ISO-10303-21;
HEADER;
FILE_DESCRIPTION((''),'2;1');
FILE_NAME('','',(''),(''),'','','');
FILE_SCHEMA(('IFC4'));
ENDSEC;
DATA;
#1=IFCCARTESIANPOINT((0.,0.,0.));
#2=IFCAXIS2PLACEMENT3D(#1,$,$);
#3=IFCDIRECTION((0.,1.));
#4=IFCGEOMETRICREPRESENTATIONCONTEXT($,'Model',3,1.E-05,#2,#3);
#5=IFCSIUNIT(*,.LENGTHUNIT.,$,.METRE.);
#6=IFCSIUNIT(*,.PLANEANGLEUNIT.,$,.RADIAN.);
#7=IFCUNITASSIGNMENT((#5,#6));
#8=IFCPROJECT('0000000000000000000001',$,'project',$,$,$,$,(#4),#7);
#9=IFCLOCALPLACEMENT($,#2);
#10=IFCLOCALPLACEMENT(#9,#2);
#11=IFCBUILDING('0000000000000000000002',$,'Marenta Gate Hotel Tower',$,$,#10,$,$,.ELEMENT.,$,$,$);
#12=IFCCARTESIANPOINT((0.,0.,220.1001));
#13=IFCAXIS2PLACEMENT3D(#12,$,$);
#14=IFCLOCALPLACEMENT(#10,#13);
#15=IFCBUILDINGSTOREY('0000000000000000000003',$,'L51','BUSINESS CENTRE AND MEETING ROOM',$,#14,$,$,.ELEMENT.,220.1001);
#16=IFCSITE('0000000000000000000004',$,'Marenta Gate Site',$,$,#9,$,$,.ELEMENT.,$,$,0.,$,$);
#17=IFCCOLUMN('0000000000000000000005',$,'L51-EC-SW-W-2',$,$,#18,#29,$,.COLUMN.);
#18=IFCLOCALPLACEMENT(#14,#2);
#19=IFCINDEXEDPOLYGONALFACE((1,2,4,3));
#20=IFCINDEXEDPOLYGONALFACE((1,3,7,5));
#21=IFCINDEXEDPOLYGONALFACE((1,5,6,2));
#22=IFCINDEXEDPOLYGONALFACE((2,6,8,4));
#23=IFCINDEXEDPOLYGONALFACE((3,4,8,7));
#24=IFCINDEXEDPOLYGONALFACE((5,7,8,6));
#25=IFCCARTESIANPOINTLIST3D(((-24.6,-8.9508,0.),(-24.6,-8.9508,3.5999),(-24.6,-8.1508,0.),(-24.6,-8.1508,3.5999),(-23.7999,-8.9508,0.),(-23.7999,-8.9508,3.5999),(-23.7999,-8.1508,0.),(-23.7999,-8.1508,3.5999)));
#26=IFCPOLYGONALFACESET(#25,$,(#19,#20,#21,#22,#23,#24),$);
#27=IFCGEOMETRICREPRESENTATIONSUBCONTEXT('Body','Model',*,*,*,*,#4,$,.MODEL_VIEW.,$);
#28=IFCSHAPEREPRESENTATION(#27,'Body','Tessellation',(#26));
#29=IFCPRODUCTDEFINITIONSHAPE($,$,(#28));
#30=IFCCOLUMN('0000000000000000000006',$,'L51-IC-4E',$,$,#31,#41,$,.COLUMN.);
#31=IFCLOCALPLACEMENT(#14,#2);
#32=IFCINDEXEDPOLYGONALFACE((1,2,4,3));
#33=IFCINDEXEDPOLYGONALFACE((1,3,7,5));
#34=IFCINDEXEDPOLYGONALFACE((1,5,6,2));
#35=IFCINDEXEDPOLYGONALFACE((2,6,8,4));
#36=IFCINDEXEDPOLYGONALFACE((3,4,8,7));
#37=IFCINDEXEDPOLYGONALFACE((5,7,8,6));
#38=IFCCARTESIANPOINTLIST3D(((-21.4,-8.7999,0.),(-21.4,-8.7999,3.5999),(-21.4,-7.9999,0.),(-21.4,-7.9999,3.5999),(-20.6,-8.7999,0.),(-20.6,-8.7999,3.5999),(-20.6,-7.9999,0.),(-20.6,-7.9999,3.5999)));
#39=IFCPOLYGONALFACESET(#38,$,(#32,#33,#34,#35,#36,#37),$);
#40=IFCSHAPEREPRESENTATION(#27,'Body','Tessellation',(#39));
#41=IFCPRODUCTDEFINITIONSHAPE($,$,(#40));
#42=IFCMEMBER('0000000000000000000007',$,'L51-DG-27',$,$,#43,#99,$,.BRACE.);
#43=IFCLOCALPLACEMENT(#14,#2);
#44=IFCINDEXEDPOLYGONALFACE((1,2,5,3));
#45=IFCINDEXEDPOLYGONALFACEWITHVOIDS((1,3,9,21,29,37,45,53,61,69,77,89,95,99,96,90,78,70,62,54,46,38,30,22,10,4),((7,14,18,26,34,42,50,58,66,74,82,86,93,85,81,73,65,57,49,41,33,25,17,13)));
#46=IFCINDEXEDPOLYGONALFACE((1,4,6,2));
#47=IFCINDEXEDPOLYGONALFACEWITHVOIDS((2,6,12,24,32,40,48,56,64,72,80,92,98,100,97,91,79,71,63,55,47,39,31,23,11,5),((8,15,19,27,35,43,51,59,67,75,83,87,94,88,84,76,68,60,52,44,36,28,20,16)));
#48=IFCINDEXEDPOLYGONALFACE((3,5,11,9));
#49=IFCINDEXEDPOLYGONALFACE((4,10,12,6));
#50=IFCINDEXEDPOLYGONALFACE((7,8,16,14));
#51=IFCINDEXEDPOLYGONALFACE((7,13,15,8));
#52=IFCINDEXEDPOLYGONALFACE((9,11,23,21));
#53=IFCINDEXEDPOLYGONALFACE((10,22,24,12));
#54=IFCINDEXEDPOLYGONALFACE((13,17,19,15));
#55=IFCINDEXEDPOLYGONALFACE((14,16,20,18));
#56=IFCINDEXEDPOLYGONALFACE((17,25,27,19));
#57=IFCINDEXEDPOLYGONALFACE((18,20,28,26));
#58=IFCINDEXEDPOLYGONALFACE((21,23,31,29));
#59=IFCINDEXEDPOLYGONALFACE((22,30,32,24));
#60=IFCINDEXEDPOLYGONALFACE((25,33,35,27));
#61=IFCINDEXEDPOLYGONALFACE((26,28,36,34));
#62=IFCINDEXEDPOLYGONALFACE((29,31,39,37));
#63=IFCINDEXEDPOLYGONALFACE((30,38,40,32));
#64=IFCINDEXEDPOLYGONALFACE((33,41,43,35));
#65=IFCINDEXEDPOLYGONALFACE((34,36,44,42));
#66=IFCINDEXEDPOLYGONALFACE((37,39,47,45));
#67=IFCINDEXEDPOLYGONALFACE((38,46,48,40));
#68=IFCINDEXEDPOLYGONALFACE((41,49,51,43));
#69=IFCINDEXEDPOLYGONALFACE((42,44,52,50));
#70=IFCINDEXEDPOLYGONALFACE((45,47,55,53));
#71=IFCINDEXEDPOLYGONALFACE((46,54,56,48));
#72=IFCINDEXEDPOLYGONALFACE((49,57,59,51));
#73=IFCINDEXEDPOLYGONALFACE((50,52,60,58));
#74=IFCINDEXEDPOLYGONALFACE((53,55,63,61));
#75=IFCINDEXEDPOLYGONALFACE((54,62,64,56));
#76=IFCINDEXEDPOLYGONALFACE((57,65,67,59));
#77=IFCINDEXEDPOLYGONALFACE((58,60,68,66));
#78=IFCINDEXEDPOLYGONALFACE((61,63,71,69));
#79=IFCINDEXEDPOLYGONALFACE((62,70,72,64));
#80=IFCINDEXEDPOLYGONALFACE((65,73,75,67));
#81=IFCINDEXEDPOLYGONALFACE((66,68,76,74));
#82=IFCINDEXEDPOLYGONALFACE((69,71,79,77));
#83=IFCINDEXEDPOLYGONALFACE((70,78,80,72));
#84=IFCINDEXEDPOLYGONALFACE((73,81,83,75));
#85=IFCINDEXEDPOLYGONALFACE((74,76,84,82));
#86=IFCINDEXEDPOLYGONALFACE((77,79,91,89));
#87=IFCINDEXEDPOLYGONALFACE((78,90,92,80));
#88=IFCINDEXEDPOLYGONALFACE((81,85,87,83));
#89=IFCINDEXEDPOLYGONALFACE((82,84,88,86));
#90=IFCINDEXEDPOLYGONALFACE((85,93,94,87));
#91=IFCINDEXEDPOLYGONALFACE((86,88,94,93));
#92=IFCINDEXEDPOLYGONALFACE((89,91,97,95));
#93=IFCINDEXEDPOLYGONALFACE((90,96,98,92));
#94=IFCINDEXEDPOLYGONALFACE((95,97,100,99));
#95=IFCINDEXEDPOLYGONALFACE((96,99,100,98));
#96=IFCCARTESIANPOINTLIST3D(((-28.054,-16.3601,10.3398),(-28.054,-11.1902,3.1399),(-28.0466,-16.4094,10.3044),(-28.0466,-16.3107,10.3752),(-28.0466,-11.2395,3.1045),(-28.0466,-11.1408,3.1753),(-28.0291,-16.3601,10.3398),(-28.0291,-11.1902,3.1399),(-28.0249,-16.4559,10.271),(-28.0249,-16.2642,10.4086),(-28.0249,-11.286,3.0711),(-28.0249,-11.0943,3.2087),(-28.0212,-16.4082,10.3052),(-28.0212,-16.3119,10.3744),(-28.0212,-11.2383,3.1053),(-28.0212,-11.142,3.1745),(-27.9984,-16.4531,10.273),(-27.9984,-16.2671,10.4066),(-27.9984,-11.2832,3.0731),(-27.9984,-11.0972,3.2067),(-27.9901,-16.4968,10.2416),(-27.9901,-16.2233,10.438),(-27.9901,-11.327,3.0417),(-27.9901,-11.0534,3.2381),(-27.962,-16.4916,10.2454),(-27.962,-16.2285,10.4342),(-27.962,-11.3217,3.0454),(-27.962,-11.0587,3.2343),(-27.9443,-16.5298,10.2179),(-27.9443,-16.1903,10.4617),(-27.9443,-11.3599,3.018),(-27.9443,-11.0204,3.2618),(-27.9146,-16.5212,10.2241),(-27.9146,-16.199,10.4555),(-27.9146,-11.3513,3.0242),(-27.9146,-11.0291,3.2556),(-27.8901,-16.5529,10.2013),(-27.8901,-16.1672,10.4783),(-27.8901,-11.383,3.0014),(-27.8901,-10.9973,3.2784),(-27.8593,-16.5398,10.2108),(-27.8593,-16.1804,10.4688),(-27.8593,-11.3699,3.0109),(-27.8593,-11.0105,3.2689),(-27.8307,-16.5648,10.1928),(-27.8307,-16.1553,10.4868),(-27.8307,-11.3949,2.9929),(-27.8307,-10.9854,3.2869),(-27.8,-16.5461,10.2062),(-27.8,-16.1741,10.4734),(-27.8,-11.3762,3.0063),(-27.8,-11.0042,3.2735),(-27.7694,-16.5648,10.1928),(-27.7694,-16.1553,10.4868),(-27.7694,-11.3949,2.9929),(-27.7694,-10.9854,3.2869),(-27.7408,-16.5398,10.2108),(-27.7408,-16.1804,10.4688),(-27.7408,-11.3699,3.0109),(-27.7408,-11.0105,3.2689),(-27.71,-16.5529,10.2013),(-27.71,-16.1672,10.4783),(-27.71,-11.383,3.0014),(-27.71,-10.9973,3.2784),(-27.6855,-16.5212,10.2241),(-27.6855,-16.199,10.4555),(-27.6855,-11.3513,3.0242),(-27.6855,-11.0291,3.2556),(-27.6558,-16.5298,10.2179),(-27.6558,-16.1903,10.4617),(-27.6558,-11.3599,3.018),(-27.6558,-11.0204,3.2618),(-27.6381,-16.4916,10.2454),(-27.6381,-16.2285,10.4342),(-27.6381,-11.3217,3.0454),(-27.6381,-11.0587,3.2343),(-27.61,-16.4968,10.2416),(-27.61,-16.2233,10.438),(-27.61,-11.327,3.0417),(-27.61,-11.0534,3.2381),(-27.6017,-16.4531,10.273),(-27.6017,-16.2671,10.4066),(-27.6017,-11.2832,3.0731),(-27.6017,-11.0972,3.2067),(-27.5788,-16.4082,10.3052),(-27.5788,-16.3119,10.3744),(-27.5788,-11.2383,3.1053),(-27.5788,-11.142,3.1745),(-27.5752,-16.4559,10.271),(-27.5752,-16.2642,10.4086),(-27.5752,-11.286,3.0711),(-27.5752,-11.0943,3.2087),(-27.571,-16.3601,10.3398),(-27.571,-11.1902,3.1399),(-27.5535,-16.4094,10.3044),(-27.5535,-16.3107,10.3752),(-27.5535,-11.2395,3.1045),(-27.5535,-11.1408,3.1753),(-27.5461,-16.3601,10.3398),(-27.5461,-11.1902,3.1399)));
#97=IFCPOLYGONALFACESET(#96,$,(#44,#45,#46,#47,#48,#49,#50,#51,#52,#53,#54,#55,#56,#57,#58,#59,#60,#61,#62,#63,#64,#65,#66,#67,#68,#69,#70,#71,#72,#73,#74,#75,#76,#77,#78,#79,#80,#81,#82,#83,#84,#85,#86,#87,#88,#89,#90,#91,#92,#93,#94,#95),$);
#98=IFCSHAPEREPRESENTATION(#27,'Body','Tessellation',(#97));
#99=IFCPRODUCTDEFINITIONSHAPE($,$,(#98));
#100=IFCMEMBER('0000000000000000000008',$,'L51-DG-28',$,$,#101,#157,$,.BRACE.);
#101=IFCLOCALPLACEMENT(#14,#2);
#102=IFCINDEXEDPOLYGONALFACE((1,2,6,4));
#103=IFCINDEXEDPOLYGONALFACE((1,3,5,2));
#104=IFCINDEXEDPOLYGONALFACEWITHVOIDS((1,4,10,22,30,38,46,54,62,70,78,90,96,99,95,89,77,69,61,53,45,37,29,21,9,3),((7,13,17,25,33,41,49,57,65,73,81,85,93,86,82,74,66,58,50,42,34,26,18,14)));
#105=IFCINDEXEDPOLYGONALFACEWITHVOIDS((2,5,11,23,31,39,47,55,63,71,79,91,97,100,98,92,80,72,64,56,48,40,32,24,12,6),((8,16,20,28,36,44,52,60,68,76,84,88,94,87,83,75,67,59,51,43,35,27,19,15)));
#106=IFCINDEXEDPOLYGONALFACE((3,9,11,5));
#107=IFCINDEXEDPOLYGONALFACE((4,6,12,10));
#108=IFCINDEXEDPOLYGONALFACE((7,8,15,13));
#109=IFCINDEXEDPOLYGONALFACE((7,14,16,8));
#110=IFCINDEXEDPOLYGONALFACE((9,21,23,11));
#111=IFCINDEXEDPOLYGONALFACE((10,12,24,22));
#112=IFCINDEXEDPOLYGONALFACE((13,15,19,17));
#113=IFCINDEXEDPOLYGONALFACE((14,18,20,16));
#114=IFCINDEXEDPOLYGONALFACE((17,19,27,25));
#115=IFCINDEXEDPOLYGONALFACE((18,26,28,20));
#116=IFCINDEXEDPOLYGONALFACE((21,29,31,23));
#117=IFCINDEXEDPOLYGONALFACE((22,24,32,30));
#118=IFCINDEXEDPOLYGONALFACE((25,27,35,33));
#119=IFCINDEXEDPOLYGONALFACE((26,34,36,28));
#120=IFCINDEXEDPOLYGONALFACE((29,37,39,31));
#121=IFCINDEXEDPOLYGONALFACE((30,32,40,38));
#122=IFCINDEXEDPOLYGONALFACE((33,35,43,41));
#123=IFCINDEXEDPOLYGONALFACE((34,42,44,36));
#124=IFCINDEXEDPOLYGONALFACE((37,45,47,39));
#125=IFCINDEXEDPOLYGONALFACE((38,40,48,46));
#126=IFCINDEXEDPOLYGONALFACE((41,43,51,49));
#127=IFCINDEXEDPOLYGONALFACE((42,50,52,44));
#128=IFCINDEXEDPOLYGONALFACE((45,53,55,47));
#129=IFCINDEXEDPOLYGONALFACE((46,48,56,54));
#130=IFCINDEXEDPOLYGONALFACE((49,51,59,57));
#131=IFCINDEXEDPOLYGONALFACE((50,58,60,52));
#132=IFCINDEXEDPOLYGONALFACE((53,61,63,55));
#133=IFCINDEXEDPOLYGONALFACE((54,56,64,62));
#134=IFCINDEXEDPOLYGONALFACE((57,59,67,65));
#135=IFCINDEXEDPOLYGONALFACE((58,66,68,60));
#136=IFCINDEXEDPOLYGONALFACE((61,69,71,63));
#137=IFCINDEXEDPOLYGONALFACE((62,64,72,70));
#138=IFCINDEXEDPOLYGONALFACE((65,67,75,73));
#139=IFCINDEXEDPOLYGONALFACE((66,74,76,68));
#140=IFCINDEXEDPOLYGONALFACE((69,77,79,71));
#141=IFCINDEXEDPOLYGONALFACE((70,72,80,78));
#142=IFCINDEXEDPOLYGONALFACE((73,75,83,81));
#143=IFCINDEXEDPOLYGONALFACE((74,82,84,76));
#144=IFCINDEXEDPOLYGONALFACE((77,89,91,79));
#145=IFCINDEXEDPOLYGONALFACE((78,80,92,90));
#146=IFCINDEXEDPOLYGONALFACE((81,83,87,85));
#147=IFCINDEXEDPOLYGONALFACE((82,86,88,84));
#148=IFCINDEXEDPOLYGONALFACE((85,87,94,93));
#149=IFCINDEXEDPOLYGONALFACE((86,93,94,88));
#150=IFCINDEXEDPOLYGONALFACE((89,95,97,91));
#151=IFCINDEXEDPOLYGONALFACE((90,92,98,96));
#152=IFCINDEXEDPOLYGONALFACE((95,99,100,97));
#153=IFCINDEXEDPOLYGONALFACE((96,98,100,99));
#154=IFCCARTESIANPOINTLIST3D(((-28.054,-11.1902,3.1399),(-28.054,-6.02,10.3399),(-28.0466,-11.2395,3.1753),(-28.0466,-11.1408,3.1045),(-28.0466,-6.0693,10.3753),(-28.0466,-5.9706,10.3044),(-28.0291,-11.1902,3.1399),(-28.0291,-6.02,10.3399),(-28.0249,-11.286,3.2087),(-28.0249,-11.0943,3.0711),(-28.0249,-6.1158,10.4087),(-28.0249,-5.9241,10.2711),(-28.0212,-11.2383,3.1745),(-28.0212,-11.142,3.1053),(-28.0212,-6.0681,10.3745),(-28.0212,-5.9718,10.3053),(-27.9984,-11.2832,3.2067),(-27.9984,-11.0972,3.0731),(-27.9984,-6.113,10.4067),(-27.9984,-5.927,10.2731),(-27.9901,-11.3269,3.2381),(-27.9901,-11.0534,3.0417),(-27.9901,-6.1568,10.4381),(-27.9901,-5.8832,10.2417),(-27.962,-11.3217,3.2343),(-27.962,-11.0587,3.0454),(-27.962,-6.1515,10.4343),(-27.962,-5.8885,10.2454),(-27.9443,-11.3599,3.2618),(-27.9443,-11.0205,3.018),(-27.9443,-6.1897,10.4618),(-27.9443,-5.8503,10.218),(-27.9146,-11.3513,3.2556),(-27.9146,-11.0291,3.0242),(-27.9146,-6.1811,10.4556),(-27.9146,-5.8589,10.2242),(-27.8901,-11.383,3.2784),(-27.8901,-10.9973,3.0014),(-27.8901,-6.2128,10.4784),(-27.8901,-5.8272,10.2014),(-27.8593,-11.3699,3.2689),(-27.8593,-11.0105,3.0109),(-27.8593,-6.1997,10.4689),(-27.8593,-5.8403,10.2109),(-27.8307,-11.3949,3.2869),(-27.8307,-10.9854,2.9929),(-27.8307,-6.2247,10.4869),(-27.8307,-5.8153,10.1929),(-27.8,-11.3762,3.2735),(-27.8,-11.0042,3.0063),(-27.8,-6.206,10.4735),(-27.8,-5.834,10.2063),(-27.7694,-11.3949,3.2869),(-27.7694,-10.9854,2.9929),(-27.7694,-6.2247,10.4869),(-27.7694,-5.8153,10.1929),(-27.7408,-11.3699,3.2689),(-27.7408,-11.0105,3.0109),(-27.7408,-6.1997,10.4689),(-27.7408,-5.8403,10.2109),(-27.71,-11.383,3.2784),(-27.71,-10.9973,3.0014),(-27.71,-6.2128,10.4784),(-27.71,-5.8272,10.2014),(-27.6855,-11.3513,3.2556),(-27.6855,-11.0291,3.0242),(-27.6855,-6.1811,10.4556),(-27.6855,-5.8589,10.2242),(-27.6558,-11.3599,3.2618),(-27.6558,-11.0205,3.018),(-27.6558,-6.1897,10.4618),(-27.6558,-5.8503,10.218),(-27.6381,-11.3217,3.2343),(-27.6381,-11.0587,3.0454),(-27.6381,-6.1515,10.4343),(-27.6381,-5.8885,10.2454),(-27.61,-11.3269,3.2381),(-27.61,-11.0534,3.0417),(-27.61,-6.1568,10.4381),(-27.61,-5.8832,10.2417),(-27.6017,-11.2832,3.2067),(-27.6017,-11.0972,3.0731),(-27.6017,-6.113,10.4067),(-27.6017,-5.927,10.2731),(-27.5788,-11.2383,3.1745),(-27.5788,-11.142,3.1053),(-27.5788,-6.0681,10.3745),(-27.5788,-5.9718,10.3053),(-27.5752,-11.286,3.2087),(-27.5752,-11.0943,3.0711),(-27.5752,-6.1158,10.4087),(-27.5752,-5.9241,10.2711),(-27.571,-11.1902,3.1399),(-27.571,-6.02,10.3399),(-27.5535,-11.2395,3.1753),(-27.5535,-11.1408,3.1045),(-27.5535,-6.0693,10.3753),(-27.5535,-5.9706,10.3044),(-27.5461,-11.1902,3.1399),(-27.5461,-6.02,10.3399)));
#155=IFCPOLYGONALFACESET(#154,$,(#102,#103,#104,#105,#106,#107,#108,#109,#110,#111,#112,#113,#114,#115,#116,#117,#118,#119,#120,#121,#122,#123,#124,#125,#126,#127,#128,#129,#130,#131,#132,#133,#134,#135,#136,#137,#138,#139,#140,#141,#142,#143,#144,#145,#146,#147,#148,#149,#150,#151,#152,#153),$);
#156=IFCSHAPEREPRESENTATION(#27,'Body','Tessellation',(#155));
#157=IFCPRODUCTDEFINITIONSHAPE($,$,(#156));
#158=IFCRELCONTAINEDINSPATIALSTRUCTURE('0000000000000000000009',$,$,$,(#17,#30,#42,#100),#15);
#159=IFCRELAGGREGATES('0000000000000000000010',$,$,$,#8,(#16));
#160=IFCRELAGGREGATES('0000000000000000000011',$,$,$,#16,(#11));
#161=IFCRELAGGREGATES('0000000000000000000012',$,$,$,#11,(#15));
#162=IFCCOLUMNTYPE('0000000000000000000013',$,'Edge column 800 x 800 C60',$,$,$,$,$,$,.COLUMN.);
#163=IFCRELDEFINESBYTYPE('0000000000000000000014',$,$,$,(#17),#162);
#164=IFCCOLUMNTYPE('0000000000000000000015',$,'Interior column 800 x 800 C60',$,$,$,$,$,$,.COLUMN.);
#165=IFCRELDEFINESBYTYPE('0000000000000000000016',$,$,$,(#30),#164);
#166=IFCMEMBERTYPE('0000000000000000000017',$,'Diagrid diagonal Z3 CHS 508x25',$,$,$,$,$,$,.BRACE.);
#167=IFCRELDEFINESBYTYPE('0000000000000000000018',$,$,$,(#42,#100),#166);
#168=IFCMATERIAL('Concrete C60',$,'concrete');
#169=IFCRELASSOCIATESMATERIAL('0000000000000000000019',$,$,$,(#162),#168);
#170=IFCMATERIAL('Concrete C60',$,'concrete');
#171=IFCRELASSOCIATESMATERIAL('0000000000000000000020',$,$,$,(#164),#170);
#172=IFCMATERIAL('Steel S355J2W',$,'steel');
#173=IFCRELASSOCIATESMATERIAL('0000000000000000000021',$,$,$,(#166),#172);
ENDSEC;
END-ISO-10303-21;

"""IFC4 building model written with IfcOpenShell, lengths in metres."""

from ifc_helpers import new_model, si_unit, direction, frame, origin, origin_2d, place, context, subcontext, project, spatial, rectangle, hollow_circle, extrude, material, material_profile, profile_set, type_object, element, save


model = new_model("IFC4")

# Units and contexts
model_context = context("Model", 3, precision=1e-05, world=origin(), true_north=direction((0.0, 1.0)))
body_context = subcontext(model_context, "Body", "Model", "MODEL_VIEW")
ifc_project = project(units=[si_unit("LENGTHUNIT", "METRE"), si_unit("PLANEANGLEUNIT", "RADIAN")], contexts=[model_context])

# Site, building, storey
site_placement = place(None, origin())
site = spatial("IfcSite", under=ifc_project, at=site_placement, Name="Marenta Gate Site", CompositionType="ELEMENT", RefElevation=0.0)
building_placement = place(site_placement, origin())
building = spatial("IfcBuilding", under=site, at=building_placement, Name="Marenta Gate Hotel Tower", CompositionType="ELEMENT")
storey_placement = place(building_placement, frame((0.0, 0.0, 220.1001)))
storey = spatial("IfcBuildingStorey", under=building, at=storey_placement, Name="L51", Description="BUSINESS CENTRE AND MEETING ROOM", CompositionType="ELEMENT", Elevation=220.1001)

# Columns
ifc_material_1 = material(Name="Concrete C60", Category="concrete")
ifc_material_profile_1 = material_profile(ifc_material_1, rectangle(XDim=0.8, YDim=0.8, at=origin_2d()), Name="800 x 800")
ifc_profile_set_1 = profile_set([ifc_material_profile_1], Name="Concrete C60")
column_type_1 = type_object("IfcColumnType", Name="Edge column 800 x 800 C60", PredefinedType="COLUMN", material=ifc_profile_set_1)
column_1_placement = place(storey_placement, frame((-24.2, -8.5508, 0.0), z_axis=(0.0, 0.0, 1.0), x_axis=(1.0, 0.0, 0.0)))
element("IfcColumn", 1, at=column_1_placement, inside=storey, type_object=column_type_1, Name="L51-EC-SW-W-2", PredefinedType="COLUMN", context=body_context, shape_type="SweptSolid", body=[
    extrude(rectangle(XDim=0.8, YDim=0.8, at=origin_2d()), origin(), (0.0, 0.0, 1.0), 3.5999),
])
ifc_material_2 = material(Name="Concrete C60", Category="concrete")
ifc_material_profile_2 = material_profile(ifc_material_2, rectangle(XDim=0.8, YDim=0.8, at=origin_2d()), Name="800 x 800")
ifc_profile_set_2 = profile_set([ifc_material_profile_2], Name="Concrete C60")
column_type_2 = type_object("IfcColumnType", Name="Interior column 800 x 800 C60", PredefinedType="COLUMN", material=ifc_profile_set_2)
column_2_placement = place(storey_placement, frame((-21.0, -8.3999, 0.0), z_axis=(0.0, 0.0, 1.0), x_axis=(1.0, 0.0, 0.0)))
element("IfcColumn", 2, at=column_2_placement, inside=storey, type_object=column_type_2, Name="L51-IC-4E", PredefinedType="COLUMN", context=body_context, shape_type="SweptSolid", body=[
    extrude(rectangle(XDim=0.8, YDim=0.8, at=origin_2d()), origin(), (0.0, 0.0, 1.0), 3.5999),
])

# Members
ifc_material_3 = material(Name="Steel S355J2W", Category="steel")
ifc_material_profile_3 = material_profile(ifc_material_3, hollow_circle(Radius=0.2539, WallThickness=0.0249, at=origin_2d()), Name="CHS 508x25")
ifc_profile_set_3 = profile_set([ifc_material_profile_3], Name="Steel S355J2W")
member_type_1 = type_object("IfcMemberType", Name="Diagrid diagonal Z3 CHS 508x25", PredefinedType="BRACE", material=ifc_profile_set_3)
member_1_placement = place(storey_placement, frame((-27.8, -11.1902, 3.1399), z_axis=(0.0, -0.583261, 0.812285), x_axis=(1.0, 0.0, 0.0)))
element("IfcMember", 3, at=member_1_placement, inside=storey, type_object=member_type_1, Name="L51-DG-27", PredefinedType="BRACE", context=body_context, shape_type="SweptSolid", body=[
    extrude(hollow_circle(Radius=0.2539, WallThickness=0.0249, at=origin_2d()), origin(), (0.0, 0.0, 1.0), 8.8638),
])
member_2_placement = place(storey_placement, frame((-27.8, -11.1902, 3.1399), z_axis=(0.0, 0.583279, 0.812272), x_axis=(-1.0, 0.0, 0.0)))
element("IfcMember", 4, at=member_2_placement, inside=storey, type_object=member_type_1, Name="L51-DG-28", PredefinedType="BRACE", context=body_context, shape_type="SweptSolid", body=[
    extrude(hollow_circle(Radius=0.2539, WallThickness=0.0249, at=origin_2d()), origin(), (0.0, 0.0, 1.0), 8.864),
])

save(model, "model.ifc")
